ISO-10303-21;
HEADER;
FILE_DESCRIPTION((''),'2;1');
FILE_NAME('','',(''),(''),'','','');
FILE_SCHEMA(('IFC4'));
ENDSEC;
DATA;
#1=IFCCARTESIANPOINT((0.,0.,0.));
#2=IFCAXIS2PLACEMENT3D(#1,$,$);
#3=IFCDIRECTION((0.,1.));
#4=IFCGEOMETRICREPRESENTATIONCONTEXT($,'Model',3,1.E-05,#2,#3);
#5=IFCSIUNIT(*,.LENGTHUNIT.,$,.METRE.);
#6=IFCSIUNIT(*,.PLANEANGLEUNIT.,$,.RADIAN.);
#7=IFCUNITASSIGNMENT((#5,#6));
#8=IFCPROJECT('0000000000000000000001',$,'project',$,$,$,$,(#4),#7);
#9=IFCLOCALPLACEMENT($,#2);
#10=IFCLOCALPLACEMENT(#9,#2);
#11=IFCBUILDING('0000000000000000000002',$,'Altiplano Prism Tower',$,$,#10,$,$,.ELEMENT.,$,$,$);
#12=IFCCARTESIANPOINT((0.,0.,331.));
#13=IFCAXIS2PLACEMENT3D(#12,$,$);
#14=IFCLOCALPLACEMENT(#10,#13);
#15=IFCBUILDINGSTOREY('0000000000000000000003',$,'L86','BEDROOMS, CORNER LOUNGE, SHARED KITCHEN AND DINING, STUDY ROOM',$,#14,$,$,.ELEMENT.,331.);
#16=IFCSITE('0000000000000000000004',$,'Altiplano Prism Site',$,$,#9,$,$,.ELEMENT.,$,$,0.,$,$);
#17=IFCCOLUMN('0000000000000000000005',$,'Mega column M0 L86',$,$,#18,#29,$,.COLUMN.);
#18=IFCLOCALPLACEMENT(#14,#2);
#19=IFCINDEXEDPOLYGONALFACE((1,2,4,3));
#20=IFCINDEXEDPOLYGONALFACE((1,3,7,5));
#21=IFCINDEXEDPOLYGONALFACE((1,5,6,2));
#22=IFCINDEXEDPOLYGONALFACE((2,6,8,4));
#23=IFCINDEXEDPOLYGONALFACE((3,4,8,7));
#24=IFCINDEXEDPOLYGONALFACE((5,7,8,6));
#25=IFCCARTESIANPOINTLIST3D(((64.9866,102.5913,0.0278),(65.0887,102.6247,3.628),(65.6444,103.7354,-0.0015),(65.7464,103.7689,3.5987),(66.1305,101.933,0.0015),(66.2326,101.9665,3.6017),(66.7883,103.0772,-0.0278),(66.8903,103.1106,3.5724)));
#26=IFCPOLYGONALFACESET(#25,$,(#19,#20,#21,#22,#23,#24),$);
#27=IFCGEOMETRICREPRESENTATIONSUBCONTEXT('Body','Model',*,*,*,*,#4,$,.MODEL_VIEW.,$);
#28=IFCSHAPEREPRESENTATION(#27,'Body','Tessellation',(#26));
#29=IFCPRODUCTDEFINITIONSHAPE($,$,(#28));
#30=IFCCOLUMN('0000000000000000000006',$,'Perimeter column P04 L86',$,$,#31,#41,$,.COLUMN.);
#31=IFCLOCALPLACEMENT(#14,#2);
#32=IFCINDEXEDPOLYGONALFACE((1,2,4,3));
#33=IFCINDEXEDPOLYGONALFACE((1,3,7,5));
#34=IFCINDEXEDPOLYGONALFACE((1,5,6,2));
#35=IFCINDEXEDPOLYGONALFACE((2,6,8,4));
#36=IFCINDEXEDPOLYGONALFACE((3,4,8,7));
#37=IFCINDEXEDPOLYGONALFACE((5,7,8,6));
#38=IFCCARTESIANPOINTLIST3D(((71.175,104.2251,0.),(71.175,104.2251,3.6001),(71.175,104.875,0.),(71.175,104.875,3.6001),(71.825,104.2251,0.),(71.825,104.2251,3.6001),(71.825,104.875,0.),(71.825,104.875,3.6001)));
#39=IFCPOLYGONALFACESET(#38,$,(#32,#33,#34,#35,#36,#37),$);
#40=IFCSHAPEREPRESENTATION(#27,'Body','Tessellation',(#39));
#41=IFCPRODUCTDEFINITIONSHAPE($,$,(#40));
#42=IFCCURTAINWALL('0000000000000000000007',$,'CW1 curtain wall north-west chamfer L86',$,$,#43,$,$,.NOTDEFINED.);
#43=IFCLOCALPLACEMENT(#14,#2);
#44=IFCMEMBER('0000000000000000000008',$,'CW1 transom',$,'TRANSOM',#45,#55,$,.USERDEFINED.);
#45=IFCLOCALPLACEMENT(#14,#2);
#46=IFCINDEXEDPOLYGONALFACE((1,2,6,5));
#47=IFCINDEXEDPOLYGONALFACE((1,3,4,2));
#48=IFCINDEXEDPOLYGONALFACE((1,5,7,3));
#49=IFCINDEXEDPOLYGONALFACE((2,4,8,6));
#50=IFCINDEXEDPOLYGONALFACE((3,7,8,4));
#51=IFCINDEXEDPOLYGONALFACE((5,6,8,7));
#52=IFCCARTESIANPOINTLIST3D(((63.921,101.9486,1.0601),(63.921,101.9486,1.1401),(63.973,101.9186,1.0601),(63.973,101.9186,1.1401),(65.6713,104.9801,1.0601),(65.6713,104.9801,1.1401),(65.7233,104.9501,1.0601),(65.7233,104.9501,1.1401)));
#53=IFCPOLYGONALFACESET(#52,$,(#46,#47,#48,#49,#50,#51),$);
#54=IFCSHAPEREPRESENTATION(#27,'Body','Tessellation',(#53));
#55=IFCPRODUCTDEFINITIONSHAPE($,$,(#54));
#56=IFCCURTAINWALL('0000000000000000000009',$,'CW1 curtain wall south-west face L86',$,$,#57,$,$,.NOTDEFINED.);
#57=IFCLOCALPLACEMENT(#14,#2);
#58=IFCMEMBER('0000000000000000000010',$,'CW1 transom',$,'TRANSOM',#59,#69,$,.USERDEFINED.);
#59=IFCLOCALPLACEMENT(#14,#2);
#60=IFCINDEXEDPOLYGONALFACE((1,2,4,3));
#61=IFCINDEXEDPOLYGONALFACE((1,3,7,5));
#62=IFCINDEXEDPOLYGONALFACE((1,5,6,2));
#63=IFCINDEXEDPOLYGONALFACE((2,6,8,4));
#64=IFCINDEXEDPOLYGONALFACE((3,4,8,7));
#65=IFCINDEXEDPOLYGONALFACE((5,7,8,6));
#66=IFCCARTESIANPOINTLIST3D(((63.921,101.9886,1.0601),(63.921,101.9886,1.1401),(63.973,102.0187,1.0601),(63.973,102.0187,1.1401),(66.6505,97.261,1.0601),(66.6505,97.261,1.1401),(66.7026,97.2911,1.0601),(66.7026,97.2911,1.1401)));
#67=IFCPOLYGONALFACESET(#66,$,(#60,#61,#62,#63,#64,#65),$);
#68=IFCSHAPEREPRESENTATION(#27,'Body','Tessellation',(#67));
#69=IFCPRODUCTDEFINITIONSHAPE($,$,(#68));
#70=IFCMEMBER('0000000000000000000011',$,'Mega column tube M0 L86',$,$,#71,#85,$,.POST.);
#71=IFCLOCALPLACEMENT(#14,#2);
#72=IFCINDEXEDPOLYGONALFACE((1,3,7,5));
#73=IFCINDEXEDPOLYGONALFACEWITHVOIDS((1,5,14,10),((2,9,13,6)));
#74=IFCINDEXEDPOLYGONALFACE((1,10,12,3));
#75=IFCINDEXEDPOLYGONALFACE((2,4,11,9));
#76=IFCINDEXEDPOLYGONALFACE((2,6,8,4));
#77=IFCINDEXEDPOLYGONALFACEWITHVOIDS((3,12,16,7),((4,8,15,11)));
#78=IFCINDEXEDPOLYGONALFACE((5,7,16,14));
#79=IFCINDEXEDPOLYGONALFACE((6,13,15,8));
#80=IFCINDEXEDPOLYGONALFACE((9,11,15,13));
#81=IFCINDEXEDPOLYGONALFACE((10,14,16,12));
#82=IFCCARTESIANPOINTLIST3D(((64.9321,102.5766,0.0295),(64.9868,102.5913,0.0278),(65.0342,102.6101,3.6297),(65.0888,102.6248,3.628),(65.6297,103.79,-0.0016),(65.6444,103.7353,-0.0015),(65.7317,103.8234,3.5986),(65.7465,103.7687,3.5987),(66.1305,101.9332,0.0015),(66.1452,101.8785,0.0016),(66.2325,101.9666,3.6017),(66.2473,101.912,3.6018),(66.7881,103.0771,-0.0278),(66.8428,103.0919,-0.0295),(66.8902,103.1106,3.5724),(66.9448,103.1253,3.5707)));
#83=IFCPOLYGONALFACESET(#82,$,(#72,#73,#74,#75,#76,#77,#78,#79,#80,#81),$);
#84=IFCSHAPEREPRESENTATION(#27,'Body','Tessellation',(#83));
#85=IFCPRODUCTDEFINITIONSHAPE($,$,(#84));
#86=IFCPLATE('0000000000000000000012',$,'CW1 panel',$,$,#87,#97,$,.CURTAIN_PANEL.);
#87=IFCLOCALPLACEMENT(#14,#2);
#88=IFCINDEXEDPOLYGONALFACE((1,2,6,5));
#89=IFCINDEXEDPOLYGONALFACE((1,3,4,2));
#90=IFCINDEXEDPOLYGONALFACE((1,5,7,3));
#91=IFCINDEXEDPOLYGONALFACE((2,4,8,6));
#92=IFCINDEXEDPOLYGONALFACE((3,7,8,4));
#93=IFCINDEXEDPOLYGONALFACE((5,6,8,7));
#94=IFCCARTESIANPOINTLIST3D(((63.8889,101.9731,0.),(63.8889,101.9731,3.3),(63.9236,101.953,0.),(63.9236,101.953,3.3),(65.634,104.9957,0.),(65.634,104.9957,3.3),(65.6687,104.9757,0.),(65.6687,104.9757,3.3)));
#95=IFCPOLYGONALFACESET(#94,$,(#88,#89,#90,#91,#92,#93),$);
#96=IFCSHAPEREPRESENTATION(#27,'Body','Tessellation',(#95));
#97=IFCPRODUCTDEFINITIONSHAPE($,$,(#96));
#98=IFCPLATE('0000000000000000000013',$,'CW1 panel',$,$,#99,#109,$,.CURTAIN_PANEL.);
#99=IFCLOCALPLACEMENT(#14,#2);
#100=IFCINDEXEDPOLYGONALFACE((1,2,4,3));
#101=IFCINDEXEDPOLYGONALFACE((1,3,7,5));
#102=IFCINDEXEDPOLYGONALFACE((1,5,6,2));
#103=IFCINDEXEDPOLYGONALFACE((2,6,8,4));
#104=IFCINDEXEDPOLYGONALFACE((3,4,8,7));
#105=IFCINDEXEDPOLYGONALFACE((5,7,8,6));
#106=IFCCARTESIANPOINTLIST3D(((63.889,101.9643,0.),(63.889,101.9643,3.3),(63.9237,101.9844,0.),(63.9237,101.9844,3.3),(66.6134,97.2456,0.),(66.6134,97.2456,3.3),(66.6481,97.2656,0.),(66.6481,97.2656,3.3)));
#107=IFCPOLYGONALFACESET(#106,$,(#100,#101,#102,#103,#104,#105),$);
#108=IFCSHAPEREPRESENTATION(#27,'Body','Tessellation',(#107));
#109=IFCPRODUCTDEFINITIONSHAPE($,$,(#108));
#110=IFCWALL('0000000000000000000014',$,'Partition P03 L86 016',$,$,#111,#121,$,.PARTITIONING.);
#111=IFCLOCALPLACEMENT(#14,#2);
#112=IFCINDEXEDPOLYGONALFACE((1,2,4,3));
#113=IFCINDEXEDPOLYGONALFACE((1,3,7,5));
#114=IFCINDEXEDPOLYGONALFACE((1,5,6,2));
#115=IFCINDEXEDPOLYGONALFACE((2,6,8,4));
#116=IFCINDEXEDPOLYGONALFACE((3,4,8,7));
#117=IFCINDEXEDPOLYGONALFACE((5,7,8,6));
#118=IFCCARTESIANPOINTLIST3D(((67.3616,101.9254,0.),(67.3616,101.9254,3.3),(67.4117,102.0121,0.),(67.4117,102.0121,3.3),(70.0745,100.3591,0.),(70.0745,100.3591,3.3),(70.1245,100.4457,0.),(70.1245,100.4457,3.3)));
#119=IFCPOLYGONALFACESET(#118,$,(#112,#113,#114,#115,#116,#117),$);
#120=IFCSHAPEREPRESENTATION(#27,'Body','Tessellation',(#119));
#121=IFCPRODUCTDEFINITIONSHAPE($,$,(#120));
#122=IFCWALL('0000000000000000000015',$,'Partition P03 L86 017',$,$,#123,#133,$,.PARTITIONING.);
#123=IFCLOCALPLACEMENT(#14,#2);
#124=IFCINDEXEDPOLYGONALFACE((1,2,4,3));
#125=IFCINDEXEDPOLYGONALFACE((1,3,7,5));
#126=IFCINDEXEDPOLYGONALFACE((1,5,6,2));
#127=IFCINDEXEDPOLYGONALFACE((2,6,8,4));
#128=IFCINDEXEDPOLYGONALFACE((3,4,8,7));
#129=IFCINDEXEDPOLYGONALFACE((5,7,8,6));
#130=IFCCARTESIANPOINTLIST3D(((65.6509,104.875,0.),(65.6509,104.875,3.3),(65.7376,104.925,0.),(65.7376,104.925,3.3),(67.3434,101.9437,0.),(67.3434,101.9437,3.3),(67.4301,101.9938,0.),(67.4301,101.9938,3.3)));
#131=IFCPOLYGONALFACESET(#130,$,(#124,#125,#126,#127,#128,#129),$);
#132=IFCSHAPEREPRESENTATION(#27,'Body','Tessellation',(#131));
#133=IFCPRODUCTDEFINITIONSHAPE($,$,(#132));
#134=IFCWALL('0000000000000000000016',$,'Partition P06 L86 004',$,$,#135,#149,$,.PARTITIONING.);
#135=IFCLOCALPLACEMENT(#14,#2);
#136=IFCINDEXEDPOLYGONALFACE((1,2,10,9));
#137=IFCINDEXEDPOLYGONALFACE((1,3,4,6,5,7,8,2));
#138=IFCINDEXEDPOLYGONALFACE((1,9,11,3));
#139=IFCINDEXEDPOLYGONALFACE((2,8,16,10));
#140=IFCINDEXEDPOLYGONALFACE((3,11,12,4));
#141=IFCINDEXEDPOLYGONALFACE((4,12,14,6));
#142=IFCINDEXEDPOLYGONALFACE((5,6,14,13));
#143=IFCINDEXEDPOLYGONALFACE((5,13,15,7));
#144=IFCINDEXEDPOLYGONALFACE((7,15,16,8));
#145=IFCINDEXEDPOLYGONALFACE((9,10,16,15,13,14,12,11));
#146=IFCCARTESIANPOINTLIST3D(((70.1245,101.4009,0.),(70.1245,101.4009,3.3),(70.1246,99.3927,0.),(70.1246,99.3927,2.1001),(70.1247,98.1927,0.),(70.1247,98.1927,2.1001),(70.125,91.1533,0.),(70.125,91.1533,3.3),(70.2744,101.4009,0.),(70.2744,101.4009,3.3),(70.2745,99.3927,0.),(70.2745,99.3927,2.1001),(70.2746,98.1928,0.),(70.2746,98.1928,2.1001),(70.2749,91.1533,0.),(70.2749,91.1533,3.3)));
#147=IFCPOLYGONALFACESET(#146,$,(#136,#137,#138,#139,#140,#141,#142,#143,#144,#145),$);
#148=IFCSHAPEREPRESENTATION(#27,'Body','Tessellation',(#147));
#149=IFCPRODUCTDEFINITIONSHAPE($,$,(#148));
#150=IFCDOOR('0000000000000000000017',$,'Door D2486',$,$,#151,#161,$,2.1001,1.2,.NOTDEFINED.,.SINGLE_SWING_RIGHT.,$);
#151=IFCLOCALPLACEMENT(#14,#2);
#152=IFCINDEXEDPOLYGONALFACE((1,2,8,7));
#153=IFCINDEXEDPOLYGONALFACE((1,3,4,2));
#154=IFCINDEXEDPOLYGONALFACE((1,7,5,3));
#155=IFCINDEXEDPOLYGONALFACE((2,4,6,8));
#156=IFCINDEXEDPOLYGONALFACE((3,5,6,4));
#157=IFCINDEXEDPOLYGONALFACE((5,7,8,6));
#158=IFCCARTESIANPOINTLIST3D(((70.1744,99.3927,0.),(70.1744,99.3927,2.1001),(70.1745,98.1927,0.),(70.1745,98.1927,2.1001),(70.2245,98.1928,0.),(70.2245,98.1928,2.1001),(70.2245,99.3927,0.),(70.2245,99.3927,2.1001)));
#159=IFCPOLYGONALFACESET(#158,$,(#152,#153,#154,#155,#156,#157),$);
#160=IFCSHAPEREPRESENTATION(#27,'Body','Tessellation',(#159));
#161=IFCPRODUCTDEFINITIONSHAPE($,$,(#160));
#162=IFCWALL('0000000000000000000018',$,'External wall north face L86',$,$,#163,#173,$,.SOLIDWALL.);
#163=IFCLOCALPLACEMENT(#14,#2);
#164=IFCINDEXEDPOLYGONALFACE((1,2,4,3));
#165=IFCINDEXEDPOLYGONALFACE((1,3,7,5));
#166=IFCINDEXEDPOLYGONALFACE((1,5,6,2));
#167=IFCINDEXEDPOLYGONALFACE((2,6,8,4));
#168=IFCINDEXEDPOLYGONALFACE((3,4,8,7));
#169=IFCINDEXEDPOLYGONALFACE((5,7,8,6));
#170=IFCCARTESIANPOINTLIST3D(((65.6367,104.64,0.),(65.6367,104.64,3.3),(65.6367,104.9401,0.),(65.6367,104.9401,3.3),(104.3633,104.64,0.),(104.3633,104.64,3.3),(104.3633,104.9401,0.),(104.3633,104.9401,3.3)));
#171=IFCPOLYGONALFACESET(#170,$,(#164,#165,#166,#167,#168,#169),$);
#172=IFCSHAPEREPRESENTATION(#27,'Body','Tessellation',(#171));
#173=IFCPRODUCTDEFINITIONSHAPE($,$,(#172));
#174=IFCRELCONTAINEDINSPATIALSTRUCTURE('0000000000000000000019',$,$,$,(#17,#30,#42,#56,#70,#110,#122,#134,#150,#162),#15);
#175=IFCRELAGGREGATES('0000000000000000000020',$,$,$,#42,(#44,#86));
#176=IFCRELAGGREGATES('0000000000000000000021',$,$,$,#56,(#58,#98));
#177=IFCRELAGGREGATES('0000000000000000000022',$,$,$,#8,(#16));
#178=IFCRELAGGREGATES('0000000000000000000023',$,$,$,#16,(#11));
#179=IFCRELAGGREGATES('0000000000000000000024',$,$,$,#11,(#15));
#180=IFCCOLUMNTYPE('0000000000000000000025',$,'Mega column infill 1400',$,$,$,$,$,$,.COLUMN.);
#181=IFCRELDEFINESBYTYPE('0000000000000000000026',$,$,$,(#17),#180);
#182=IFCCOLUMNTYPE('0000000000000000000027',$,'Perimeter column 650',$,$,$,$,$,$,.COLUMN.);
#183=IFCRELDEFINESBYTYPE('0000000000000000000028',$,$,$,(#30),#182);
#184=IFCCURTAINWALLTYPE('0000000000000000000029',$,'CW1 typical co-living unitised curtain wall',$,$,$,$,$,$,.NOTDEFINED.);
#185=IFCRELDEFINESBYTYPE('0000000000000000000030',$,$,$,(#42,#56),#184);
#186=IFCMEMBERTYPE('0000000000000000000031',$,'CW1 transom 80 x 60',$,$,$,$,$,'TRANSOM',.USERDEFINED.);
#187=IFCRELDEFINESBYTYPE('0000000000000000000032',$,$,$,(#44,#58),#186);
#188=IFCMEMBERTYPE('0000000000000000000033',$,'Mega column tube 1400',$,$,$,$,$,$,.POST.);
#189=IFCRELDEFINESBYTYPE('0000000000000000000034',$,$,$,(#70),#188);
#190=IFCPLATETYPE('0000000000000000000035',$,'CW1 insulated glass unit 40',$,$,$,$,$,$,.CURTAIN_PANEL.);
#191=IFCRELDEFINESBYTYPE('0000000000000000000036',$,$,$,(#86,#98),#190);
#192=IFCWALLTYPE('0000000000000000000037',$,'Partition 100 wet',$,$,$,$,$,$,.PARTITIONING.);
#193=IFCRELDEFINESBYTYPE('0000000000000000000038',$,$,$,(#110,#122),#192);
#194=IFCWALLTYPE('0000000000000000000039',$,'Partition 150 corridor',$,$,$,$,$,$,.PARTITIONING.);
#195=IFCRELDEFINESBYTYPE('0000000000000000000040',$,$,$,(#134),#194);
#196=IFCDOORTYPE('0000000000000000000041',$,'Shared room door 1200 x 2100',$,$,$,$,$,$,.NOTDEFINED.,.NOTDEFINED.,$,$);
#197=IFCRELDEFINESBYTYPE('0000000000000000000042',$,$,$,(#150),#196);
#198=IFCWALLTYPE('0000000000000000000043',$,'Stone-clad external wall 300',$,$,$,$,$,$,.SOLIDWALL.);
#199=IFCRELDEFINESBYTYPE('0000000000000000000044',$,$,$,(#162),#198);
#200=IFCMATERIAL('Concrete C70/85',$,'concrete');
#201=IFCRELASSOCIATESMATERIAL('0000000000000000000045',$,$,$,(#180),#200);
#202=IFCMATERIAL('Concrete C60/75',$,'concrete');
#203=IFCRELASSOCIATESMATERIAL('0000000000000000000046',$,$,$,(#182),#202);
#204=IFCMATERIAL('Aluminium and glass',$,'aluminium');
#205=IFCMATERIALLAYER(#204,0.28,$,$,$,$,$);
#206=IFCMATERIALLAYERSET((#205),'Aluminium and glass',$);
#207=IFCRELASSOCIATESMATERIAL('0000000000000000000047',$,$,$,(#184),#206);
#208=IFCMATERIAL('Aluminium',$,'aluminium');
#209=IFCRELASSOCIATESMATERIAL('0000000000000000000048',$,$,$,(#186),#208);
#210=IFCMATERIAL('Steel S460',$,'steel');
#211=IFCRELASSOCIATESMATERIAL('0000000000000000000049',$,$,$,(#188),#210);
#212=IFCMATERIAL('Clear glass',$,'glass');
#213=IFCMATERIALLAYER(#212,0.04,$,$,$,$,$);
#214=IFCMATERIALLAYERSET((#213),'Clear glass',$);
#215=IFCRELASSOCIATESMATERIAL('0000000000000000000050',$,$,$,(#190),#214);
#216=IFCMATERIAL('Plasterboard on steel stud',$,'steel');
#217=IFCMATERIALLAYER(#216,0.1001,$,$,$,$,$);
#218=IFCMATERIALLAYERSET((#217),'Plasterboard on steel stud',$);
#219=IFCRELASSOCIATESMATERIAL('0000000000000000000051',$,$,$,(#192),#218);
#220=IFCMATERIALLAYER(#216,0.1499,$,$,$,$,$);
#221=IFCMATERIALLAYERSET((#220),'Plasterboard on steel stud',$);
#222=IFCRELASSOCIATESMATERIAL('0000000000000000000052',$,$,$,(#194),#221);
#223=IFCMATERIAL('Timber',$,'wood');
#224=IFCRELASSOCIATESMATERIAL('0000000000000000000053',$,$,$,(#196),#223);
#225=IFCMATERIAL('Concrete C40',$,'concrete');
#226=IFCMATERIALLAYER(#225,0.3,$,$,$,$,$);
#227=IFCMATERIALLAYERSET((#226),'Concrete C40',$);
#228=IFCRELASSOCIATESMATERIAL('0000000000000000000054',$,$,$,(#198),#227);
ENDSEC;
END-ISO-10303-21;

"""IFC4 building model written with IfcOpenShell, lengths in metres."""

from ifc_helpers import new_model, si_unit, direction, frame, frame_2d, origin, origin_2d, place, context, subcontext, project, spatial, rectangle, hollow_rectangle, extrude, material, layer, layer_set, material_profile, profile_set, type_object, element, fill, aggregate, save


model = new_model("IFC4")

# Units and contexts
model_context = context("Model", 3, precision=1e-05, world=origin(), true_north=direction((0.0, 1.0)))
body_context = subcontext(model_context, "Body", "Model", "MODEL_VIEW")
ifc_project = project(units=[si_unit("LENGTHUNIT", "METRE"), si_unit("PLANEANGLEUNIT", "RADIAN")], contexts=[model_context])

# Site, building, storey
site_placement = place(None, origin())
site = spatial("IfcSite", under=ifc_project, at=site_placement, Name="Altiplano Prism Site", CompositionType="ELEMENT", RefElevation=0.0)
building_placement = place(site_placement, origin())
building = spatial("IfcBuilding", under=site, at=building_placement, Name="Altiplano Prism Tower", CompositionType="ELEMENT")
storey_placement = place(building_placement, frame((0.0, 0.0, 331.0)))
storey = spatial("IfcBuildingStorey", under=building, at=storey_placement, Name="L86", Description="BEDROOMS, CORNER LOUNGE, SHARED KITCHEN AND DINING, STUDY ROOM", CompositionType="ELEMENT", Elevation=331.0)

# Columns
ifc_material_1 = material(Name="Concrete C70/85", Category="concrete")
ifc_material_profile_1 = material_profile(ifc_material_1, rectangle(XDim=1.3201, YDim=1.3201, at=origin_2d()), Name="Mega column infill 1400")
ifc_profile_set_1 = profile_set([ifc_material_profile_1], Name="Concrete C70/85")
column_type_1 = type_object("IfcColumnType", Name="Mega column infill 1400", PredefinedType="COLUMN", material=ifc_profile_set_1)
column_1_placement = place(storey_placement, frame((65.8875, 102.8342, 0.0), z_axis=(0.028334, 0.009287, 0.999555), x_axis=(-0.866557, 0.49868, 0.019931)))
element("IfcColumn", 1, at=column_1_placement, inside=storey, type_object=column_type_1, Name="Mega column M0 L86", PredefinedType="COLUMN", context=body_context, shape_type="SweptSolid", body=[
    extrude(rectangle(XDim=1.3201, YDim=1.3201, at=origin_2d()), origin(), (0.0, 0.0, 1.0), 3.6018),
])
ifc_material_2 = material(Name="Concrete C60/75", Category="concrete")
ifc_material_profile_2 = material_profile(ifc_material_2, rectangle(XDim=0.6499, YDim=0.6499, at=origin_2d()), Name="Perimeter column 650")
ifc_profile_set_2 = profile_set([ifc_material_profile_2], Name="Concrete C60/75")
column_type_2 = type_object("IfcColumnType", Name="Perimeter column 650", PredefinedType="COLUMN", material=ifc_profile_set_2)
column_2_placement = place(storey_placement, frame((71.5, 104.55, 0.0), z_axis=(0.0, 0.0, 1.0), x_axis=(1.0, 0.0, 0.0)))
element("IfcColumn", 2, at=column_2_placement, inside=storey, type_object=column_type_2, Name="Perimeter column P04 L86", PredefinedType="COLUMN", context=body_context, shape_type="SweptSolid", body=[
    extrude(rectangle(XDim=0.6499, YDim=0.6499, at=origin_2d()), origin(), (0.0, 0.0, 1.0), 3.6001),
])

# Curtain walls, members
ifc_material_3 = material(Name="Aluminium and glass", Category="aluminium")
ifc_layer_1 = layer(ifc_material_3, 0.28)
ifc_layer_set_1 = layer_set([ifc_layer_1], Name="Aluminium and glass")
curtain_wall_type = type_object("IfcCurtainWallType", Name="CW1 typical co-living unitised curtain wall", PredefinedType="NOTDEFINED", material=ifc_layer_set_1)
curtain_wall_1_placement = place(storey_placement, origin())
curtain_wall_1 = element("IfcCurtainWall", 3, at=curtain_wall_1_placement, inside=storey, type_object=curtain_wall_type, Name="CW1 curtain wall north-west chamfer L86", PredefinedType="NOTDEFINED")
ifc_material_4 = material(Name="Aluminium", Category="aluminium")
ifc_material_profile_3 = material_profile(ifc_material_4, rectangle(XDim=0.0601, YDim=0.0801, at=origin_2d()), Name="CW1 transom 80 x 60")
ifc_profile_set_3 = profile_set([ifc_material_profile_3], Name="Aluminium")
member_type_1 = type_object("IfcMemberType", Name="CW1 transom 80 x 60", ElementType="TRANSOM", PredefinedType="USERDEFINED", material=ifc_profile_set_3)
member_1_placement = place(storey_placement, frame((65.6973, 104.9651, 1.1001), z_axis=(-0.500002, -0.866024, 0.0), x_axis=(0.866024, -0.500002, 0.0)))
member_1 = element("IfcMember", 4, at=member_1_placement, type_object=member_type_1, Name="CW1 transom", ObjectType="TRANSOM", PredefinedType="USERDEFINED", context=body_context, shape_type="SweptSolid", body=[
    extrude(rectangle(XDim=0.0601, YDim=0.0801, at=origin_2d()), origin(), (0.0, 0.0, 1.0), 3.5005),
])
curtain_wall_2_placement = place(storey_placement, origin())
curtain_wall_2 = element("IfcCurtainWall", 5, at=curtain_wall_2_placement, inside=storey, type_object=curtain_wall_type, Name="CW1 curtain wall south-west face L86", PredefinedType="NOTDEFINED")
member_2_placement = place(storey_placement, frame((63.947, 102.0037, 1.1001), z_axis=(0.500006, -0.866022, 0.0), x_axis=(0.866022, 0.500006, 0.0)))
member_2 = element("IfcMember", 6, at=member_2_placement, type_object=member_type_1, Name="CW1 transom", ObjectType="TRANSOM", PredefinedType="USERDEFINED", context=body_context, shape_type="SweptSolid", body=[
    extrude(rectangle(XDim=0.0601, YDim=0.0801, at=origin_2d()), origin(), (0.0, 0.0, 1.0), 5.459),
])

# Member
ifc_material_5 = material(Name="Steel S460", Category="steel")
ifc_material_profile_4 = material_profile(ifc_material_5, hollow_rectangle(XDim=1.3999, YDim=1.3999, WallThickness=0.04, at=origin_2d()), Name="Mega column tube 1400")
ifc_profile_set_4 = profile_set([ifc_material_profile_4], Name="Steel S460")
member_type_2 = type_object("IfcMemberType", Name="Mega column tube 1400", PredefinedType="POST", material=ifc_profile_set_4)
member_3_placement = place(storey_placement, frame((65.8875, 102.8342, 0.0), z_axis=(0.028334, 0.009287, 0.999555), x_axis=(-0.866557, 0.49868, 0.019931)))
element("IfcMember", 7, at=member_3_placement, inside=storey, type_object=member_type_2, Name="Mega column tube M0 L86", PredefinedType="POST", context=body_context, shape_type="SweptSolid", body=[
    extrude(hollow_rectangle(XDim=1.3999, YDim=1.3999, WallThickness=0.04, at=origin_2d()), origin(), (0.0, 0.0, 1.0), 3.6018),
])

# Plates
ifc_material_6 = material(Name="Clear glass", Category="glass")
ifc_layer_2 = layer(ifc_material_6, 0.04)
ifc_layer_set_2 = layer_set([ifc_layer_2], Name="Clear glass")
plate_type = type_object("IfcPlateType", Name="CW1 insulated glass unit 40", PredefinedType="CURTAIN_PANEL", material=ifc_layer_set_2)
plate_1_placement = place(storey_placement, frame((64.7788, 103.4744, 0.0), z_axis=(0.0, 0.0, 1.0), x_axis=(-0.5, -0.866025, 0.0)))
plate_1 = element("IfcPlate", 8, at=plate_1_placement, type_object=plate_type, Name="CW1 panel", PredefinedType="CURTAIN_PANEL", context=body_context, shape_type="SweptSolid", body=[
    extrude(rectangle(XDim=3.4902, YDim=0.04, at=origin_2d()), origin(), (0.0, 0.0, 1.0), 3.3),
])
aggregate(curtain_wall_1, [member_1, plate_1])
plate_2_placement = place(storey_placement, frame((65.2686, 99.615, 0.0), z_axis=(0.0, 0.0, 1.0), x_axis=(0.5, -0.866025, 0.0)))
plate_2 = element("IfcPlate", 9, at=plate_2_placement, type_object=plate_type, Name="CW1 panel", PredefinedType="CURTAIN_PANEL", context=body_context, shape_type="SweptSolid", body=[
    extrude(rectangle(XDim=5.4487, YDim=0.04, at=origin_2d()), origin(), (0.0, 0.0, 1.0), 3.3),
])
aggregate(curtain_wall_2, [member_2, plate_2])

# Walls
ifc_material_7 = material(Name="Plasterboard on steel stud", Category="steel")
ifc_layer_3 = layer(ifc_material_7, 0.1001)
ifc_layer_set_3 = layer_set([ifc_layer_3], Name="Plasterboard on steel stud")
wall_type_1 = type_object("IfcWallType", Name="Partition 100 wet", PredefinedType="PARTITIONING", material=ifc_layer_set_3)
wall_1_placement = place(storey_placement, frame((70.0996, 100.4023, 0.0), z_axis=(0.0, 0.0, 1.0), x_axis=(-0.866009, 0.500028, 0.0)))
element("IfcWall", 10, at=wall_1_placement, inside=storey, type_object=wall_type_1, Name="Partition P03 L86 016", PredefinedType="PARTITIONING", context=body_context, shape_type="SweptSolid", body=[
    extrude(rectangle(XDim=3.1326, YDim=0.1001, at=frame_2d((1.5664, 0.0))), origin(), (0.0, 0.0, 1.0), 3.3),
])
wall_2_placement = place(storey_placement, frame((67.3867, 101.9688, 0.0), z_axis=(0.0, 0.0, 1.0), x_axis=(-0.500018, 0.866015, 0.0)))
element("IfcWall", 11, at=wall_2_placement, inside=storey, type_object=wall_type_1, Name="Partition P03 L86 017", PredefinedType="PARTITIONING", context=body_context, shape_type="SweptSolid", body=[
    extrude(rectangle(XDim=3.3848, YDim=0.1001, at=frame_2d((1.6924, 0.0))), origin(), (0.0, 0.0, 1.0), 3.3),
])

# Wall, opening, door
ifc_layer_4 = layer(ifc_material_7, 0.1499)
ifc_layer_set_4 = layer_set([ifc_layer_4], Name="Plasterboard on steel stud")
wall_type_2 = type_object("IfcWallType", Name="Partition 150 corridor", PredefinedType="PARTITIONING", material=ifc_layer_set_4)
wall_3_placement = place(storey_placement, frame((70.1995, 101.4009, 0.0), z_axis=(0.0, 0.0, 1.0), x_axis=(0.000048, -1.0, 0.0)))
wall_3 = element("IfcWall", 12, at=wall_3_placement, inside=storey, type_object=wall_type_2, Name="Partition P06 L86 004", PredefinedType="PARTITIONING", context=body_context, shape_type="SweptSolid", body=[
    extrude(rectangle(XDim=10.2476, YDim=0.1499, at=frame_2d((5.1238, 0.0))), origin(), (0.0, 0.0, 1.0), 3.3),
])
opening_placement = place(wall_3_placement, frame((2.0081, 0.0, 0.0)))
opening = element("IfcOpeningElement", 13, at=opening_placement, cuts=wall_3, PredefinedType="OPENING", context=body_context, shape_type="SweptSolid", body=[
    extrude(rectangle(XDim=1.2, YDim=2.1001, at=frame_2d((0.6001, 1.05))), frame((0.0, 0.0854, 0.0), z_axis=(0.0, -1.0, 0.0), x_axis=(1.0, 0.0, 0.0)), (0.0, 0.0, 1.0), 0.1709),
])
ifc_material_8 = material(Name="Timber", Category="wood")
door_type = type_object("IfcDoorType", Name="Shared room door 1200 x 2100", OperationType="NOTDEFINED", PredefinedType="NOTDEFINED", material=ifc_material_8)
door_placement = place(opening_placement, origin())
door = element("IfcDoor", 14, at=door_placement, inside=storey, type_object=door_type, Name="Door D2486", OperationType="SINGLE_SWING_RIGHT", OverallHeight=2.1001, OverallWidth=1.2, PredefinedType="NOTDEFINED", context=body_context, shape_type="SweptSolid", body=[
    extrude(rectangle(XDim=1.2, YDim=2.1001, at=frame_2d((0.6001, 1.05))), frame((0.0, 0.0249, 0.0), z_axis=(0.0, -1.0, 0.0), x_axis=(1.0, 0.0, 0.0)), (0.0, 0.0, 1.0), 0.05),
])
fill(opening, door)

# Wall
ifc_material_9 = material(Name="Concrete C40", Category="concrete")
ifc_layer_5 = layer(ifc_material_9, 0.3)
ifc_layer_set_5 = layer_set([ifc_layer_5], Name="Concrete C40")
wall_type_3 = type_object("IfcWallType", Name="Stone-clad external wall 300", PredefinedType="SOLIDWALL", material=ifc_layer_set_5)
wall_4_placement = place(storey_placement, frame((65.6367, 104.79, 0.0), z_axis=(0.0, 0.0, 1.0), x_axis=(1.0, 0.0, 0.0)))
element("IfcWall", 15, at=wall_4_placement, inside=storey, type_object=wall_type_3, Name="External wall north face L86", PredefinedType="SOLIDWALL", context=body_context, shape_type="SweptSolid", body=[
    extrude(rectangle(XDim=38.7266, YDim=0.3, at=frame_2d((19.3633, 0.0))), origin(), (0.0, 0.0, 1.0), 3.3),
])

save(model, "model.ifc")
